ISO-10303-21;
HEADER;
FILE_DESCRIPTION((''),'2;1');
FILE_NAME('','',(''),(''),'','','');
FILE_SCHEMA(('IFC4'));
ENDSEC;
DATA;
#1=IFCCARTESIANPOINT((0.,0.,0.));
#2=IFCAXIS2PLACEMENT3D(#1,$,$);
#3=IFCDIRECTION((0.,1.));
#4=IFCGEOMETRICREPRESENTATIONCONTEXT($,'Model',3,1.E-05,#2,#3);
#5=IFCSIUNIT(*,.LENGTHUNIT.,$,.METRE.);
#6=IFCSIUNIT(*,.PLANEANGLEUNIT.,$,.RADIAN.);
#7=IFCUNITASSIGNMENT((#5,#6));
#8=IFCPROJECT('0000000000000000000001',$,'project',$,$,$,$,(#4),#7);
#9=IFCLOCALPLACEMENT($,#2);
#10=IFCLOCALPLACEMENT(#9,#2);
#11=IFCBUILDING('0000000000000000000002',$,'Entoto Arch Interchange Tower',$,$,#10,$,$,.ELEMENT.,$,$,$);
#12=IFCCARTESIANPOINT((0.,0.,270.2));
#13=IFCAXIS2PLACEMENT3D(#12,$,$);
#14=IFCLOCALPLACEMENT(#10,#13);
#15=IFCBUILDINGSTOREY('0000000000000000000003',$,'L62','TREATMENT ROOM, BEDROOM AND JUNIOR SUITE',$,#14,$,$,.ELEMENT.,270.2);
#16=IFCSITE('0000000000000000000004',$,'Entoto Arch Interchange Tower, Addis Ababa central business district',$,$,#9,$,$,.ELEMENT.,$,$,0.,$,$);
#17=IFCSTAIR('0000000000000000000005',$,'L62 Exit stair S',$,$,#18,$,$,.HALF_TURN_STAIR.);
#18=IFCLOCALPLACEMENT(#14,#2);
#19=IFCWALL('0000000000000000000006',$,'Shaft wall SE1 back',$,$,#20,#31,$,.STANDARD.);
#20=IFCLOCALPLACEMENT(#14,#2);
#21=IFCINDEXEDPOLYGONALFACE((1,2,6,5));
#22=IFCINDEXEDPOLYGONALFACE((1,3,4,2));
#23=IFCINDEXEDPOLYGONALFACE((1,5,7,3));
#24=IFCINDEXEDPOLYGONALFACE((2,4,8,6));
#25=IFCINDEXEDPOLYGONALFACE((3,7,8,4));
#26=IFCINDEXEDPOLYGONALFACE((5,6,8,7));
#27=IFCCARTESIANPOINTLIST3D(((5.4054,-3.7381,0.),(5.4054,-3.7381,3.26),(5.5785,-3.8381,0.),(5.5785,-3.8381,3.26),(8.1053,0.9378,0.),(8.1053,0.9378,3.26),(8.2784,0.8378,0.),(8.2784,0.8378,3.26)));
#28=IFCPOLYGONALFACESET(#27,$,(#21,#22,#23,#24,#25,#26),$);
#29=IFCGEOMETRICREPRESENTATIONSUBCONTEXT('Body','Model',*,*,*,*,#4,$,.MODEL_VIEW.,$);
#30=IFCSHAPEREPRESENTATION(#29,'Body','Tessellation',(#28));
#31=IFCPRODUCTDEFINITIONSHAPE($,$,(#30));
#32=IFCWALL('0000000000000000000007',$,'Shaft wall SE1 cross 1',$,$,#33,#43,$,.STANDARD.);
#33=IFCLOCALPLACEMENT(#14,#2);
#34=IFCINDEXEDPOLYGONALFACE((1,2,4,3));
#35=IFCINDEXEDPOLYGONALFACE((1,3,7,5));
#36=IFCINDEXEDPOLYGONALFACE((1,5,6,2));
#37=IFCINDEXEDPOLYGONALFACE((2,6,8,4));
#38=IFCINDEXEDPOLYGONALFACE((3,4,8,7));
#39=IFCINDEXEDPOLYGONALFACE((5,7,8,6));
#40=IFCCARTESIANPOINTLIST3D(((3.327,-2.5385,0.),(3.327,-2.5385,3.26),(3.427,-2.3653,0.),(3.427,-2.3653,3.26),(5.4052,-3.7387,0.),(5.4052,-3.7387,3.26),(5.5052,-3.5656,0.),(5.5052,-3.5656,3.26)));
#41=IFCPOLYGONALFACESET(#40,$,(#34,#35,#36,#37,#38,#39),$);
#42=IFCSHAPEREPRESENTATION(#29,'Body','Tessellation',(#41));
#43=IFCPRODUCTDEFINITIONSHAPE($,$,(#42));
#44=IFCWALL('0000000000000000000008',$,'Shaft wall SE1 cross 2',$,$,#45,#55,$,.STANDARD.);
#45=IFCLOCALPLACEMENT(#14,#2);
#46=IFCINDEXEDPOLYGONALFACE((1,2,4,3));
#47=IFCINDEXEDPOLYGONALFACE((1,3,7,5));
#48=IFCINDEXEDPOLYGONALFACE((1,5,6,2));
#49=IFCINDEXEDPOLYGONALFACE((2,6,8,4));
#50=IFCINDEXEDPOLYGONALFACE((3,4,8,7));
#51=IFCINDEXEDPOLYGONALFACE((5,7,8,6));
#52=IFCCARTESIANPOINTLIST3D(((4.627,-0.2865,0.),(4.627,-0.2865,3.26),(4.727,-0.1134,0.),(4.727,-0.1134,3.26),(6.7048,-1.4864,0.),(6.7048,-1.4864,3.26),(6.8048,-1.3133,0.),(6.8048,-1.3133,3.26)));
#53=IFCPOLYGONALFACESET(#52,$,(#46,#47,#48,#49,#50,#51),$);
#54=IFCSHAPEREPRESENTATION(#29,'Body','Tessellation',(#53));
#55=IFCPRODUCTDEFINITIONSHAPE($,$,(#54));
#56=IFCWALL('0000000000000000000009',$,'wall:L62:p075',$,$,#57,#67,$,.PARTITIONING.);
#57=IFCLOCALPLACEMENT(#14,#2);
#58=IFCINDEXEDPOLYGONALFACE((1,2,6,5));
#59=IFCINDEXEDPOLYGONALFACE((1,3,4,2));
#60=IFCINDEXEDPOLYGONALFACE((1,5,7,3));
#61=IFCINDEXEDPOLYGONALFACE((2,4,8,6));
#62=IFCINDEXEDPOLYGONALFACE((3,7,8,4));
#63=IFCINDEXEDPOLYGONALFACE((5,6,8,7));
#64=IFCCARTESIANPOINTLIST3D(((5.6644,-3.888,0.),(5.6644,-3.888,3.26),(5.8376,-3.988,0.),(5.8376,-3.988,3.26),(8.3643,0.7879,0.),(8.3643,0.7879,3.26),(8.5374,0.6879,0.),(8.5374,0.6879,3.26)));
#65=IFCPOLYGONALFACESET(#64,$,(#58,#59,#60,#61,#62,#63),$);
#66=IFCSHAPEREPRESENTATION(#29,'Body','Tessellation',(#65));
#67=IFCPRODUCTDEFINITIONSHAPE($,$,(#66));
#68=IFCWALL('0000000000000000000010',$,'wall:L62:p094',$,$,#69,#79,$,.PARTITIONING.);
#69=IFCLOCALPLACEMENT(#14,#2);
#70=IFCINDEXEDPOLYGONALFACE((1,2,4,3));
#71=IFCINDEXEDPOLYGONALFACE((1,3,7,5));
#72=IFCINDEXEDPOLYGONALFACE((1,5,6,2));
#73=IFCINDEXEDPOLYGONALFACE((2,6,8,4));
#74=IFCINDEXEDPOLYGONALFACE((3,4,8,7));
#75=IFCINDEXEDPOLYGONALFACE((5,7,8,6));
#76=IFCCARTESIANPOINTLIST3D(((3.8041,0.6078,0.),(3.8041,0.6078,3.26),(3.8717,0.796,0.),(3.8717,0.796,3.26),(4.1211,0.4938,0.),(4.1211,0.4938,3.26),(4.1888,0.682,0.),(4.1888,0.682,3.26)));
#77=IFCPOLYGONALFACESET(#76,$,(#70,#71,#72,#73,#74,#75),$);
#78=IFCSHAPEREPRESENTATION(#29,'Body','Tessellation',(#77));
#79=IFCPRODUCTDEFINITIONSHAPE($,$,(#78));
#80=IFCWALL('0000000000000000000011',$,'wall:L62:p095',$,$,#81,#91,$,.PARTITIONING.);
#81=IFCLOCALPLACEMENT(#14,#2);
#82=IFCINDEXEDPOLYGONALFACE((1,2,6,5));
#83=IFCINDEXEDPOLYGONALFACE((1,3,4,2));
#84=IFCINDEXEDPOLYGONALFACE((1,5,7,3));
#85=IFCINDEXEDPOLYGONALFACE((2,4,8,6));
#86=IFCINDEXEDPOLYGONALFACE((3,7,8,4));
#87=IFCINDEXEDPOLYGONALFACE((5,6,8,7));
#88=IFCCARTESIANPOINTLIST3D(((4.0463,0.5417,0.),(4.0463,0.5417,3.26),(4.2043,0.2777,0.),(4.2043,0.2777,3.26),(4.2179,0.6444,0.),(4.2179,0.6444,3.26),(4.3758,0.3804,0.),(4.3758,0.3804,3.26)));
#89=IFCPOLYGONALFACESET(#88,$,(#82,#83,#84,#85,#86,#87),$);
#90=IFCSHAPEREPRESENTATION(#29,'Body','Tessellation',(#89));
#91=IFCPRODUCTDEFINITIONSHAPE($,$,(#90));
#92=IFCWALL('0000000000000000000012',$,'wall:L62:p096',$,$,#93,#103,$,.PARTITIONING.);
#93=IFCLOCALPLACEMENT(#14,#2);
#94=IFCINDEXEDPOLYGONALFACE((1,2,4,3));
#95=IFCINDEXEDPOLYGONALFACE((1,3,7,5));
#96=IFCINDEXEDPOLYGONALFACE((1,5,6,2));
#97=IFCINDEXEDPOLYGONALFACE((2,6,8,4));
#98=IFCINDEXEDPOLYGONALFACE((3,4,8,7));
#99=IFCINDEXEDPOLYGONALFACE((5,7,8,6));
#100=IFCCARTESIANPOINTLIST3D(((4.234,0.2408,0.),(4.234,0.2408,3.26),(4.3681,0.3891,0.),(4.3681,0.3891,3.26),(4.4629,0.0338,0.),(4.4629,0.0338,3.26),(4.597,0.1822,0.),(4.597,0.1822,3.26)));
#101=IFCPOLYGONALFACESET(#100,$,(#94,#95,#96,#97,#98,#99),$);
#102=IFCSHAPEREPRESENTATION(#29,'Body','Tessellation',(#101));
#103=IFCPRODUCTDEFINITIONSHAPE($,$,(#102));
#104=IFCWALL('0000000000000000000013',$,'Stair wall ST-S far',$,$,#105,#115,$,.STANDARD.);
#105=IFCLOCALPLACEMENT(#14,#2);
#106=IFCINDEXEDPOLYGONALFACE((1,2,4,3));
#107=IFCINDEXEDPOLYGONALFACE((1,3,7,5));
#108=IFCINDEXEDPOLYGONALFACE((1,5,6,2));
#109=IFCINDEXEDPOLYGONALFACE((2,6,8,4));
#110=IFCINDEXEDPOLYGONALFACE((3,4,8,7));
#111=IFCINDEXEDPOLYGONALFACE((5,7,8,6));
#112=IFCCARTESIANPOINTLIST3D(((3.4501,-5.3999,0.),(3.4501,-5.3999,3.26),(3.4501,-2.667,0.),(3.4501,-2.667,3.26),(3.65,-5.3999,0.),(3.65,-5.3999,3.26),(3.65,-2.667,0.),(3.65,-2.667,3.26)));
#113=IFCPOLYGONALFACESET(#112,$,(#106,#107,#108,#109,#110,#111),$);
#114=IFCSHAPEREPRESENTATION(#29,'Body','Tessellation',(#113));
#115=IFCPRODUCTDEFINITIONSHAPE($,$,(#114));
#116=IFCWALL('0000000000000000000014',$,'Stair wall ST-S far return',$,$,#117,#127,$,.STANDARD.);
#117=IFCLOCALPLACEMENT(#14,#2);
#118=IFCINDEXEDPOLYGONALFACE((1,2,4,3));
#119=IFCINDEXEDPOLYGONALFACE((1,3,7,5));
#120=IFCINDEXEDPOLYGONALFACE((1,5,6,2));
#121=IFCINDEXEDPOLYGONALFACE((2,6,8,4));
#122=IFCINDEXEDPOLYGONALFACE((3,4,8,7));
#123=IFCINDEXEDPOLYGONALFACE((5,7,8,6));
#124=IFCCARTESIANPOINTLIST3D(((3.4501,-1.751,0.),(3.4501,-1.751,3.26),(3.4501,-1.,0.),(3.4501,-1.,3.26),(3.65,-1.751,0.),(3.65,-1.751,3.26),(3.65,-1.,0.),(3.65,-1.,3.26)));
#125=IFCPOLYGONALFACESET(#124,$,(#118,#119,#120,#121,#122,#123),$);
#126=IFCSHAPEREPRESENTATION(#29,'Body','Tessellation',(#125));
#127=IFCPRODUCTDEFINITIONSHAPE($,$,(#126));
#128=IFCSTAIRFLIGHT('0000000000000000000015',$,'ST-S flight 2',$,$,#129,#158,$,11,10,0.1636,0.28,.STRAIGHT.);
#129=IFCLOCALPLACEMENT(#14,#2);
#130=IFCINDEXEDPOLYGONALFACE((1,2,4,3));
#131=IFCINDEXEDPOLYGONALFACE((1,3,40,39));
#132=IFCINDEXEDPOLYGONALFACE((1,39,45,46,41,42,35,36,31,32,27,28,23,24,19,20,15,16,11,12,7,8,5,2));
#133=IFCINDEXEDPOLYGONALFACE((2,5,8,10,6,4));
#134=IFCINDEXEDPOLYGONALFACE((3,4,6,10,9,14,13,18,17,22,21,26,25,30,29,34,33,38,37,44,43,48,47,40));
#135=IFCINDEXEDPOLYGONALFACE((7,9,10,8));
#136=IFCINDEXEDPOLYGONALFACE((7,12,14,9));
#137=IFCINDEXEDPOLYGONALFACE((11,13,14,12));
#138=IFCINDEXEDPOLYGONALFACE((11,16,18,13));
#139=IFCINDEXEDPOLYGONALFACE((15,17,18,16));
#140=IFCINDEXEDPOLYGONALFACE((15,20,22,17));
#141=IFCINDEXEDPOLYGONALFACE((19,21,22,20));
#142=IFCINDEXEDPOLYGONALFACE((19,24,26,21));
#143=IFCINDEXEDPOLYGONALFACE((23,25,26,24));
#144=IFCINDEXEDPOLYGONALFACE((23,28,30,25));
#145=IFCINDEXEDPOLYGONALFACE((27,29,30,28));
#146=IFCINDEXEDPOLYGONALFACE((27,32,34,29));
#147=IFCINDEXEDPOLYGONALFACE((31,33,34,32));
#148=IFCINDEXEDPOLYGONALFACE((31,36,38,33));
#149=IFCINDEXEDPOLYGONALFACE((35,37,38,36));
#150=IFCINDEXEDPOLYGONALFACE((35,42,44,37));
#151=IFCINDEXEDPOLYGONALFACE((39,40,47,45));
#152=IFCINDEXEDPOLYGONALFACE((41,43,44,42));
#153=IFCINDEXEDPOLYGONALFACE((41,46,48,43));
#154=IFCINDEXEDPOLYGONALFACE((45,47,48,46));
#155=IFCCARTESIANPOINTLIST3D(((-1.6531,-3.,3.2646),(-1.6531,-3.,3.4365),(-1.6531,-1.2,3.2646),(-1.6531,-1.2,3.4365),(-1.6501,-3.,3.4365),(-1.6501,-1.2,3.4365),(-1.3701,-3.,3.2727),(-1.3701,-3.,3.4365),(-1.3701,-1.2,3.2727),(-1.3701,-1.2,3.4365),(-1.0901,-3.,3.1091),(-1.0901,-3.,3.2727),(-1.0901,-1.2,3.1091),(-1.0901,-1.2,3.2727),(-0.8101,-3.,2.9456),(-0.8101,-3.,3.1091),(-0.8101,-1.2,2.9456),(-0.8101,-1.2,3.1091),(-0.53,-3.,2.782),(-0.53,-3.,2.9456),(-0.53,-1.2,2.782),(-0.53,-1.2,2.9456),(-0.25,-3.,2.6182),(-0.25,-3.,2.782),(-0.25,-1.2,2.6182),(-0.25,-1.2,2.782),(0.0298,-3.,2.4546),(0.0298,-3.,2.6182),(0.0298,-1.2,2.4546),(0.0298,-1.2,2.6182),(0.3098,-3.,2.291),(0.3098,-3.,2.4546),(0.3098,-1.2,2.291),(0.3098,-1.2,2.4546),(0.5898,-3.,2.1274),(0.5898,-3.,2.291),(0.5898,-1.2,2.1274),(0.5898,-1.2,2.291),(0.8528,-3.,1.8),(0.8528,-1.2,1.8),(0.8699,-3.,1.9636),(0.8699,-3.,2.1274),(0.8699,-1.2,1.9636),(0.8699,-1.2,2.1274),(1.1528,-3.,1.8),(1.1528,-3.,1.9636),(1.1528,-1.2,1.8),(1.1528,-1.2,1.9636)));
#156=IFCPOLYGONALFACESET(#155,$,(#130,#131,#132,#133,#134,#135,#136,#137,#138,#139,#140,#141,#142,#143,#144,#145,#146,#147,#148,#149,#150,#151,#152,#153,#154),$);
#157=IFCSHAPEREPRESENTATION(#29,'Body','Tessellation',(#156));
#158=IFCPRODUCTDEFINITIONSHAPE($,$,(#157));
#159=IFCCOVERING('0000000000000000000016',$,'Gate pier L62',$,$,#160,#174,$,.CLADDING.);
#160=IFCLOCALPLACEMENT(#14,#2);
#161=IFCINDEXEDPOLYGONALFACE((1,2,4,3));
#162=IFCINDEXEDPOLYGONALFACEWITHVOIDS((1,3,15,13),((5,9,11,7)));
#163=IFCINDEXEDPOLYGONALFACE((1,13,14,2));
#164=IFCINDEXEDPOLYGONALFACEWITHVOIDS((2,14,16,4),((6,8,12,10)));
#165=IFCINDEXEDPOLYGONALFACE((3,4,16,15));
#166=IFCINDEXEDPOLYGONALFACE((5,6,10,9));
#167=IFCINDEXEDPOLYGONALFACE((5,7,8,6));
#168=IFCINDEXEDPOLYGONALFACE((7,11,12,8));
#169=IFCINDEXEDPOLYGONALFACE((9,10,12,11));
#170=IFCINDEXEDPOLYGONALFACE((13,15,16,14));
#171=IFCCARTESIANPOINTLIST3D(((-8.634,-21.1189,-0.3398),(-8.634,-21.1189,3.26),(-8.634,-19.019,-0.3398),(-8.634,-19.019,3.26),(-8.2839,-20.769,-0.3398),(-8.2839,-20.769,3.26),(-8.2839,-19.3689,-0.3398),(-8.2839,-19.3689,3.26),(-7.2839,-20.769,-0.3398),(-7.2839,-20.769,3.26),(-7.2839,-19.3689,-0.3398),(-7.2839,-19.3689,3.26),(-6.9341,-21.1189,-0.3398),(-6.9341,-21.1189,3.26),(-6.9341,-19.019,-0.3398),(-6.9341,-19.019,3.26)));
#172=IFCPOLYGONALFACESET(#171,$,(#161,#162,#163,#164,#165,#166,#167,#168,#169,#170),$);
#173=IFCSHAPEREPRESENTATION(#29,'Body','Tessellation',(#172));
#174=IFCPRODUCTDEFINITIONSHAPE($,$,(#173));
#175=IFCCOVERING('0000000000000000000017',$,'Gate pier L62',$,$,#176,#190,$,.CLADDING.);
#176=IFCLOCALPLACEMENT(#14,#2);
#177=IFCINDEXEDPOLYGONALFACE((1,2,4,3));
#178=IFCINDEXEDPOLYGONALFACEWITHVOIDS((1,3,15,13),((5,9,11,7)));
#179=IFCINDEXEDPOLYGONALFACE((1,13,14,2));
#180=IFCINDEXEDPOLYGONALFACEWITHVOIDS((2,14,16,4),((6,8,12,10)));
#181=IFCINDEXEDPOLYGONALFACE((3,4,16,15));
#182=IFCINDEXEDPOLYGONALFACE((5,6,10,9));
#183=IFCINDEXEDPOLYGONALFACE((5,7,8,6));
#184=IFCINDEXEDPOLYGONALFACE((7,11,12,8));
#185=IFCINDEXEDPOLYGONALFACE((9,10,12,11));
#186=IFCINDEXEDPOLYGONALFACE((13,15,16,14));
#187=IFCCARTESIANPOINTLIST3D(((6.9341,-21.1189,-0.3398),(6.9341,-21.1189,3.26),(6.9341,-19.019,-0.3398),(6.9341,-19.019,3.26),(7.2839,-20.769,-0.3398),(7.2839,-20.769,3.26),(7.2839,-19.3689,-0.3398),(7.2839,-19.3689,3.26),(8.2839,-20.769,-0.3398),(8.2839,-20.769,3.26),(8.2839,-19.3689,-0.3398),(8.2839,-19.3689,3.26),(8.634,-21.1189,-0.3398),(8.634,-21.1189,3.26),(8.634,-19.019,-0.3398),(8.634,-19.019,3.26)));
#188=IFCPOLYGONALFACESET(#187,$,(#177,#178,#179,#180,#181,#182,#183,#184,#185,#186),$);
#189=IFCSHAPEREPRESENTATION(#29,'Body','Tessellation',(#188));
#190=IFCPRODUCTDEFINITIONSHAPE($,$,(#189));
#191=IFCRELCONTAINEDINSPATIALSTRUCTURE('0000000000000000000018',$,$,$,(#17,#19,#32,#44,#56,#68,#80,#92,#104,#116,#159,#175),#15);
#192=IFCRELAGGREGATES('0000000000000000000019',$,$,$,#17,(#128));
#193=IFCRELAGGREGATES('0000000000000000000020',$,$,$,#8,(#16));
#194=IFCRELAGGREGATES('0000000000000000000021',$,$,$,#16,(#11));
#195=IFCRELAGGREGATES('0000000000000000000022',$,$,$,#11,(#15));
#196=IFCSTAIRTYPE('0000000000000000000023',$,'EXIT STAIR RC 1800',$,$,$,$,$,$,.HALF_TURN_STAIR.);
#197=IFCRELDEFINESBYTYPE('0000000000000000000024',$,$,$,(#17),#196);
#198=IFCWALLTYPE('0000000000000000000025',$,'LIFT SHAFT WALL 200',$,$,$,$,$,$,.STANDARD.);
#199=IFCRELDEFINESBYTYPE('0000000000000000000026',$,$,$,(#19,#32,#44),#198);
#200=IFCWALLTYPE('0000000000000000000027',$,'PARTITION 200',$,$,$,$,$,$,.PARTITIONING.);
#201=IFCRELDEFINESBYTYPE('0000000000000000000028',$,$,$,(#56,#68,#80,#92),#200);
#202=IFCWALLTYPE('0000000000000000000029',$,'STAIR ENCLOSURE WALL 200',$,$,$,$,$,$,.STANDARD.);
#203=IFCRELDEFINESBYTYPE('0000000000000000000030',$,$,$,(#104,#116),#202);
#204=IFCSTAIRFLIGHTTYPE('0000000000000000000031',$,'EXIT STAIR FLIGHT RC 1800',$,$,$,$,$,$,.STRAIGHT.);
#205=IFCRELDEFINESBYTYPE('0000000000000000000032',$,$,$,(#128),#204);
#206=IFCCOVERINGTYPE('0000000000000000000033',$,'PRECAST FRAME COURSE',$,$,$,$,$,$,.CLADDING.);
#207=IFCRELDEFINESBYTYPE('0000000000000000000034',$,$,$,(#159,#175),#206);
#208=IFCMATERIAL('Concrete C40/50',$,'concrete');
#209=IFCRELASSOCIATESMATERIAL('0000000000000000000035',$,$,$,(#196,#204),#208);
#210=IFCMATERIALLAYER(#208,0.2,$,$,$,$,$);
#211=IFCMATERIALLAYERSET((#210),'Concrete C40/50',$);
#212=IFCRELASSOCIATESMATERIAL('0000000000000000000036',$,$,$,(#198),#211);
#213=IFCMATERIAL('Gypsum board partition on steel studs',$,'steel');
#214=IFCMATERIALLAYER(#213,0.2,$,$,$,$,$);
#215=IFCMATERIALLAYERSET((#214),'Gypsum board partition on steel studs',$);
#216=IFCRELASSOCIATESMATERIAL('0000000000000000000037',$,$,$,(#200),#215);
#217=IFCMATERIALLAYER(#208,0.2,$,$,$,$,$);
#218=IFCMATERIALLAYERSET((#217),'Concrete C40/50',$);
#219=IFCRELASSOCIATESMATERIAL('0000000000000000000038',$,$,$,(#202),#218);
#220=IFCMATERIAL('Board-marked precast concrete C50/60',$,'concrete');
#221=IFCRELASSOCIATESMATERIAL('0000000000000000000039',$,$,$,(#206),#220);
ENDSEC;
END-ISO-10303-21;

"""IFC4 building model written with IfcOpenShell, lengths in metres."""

from ifc_helpers import new_model, si_unit, direction, frame, frame_2d, origin, place, context, subcontext, project, spatial, polyline, rectangle, outline, extrude, material, layer, layer_set, type_object, element, aggregate, save


model = new_model("IFC4")

# Units and contexts
model_context = context("Model", 3, precision=1e-05, world=origin(), true_north=direction((0.0, 1.0)))
body_context = subcontext(model_context, "Body", "Model", "MODEL_VIEW")
ifc_project = project(units=[si_unit("LENGTHUNIT", "METRE"), si_unit("PLANEANGLEUNIT", "RADIAN")], contexts=[model_context])

# Site, building, storey
site_placement = place(None, origin())
site = spatial("IfcSite", under=ifc_project, at=site_placement, Name="Entoto Arch Interchange Tower, Addis Ababa central business district", CompositionType="ELEMENT", RefElevation=0.0)
building_placement = place(site_placement, origin())
building = spatial("IfcBuilding", under=site, at=building_placement, Name="Entoto Arch Interchange Tower", CompositionType="ELEMENT")
storey_placement = place(building_placement, frame((0.0, 0.0, 270.2)))
storey = spatial("IfcBuildingStorey", under=building, at=storey_placement, Name="L62", Description="TREATMENT ROOM, BEDROOM AND JUNIOR SUITE", CompositionType="ELEMENT", Elevation=270.2)

# Shared definitions
ifc_material_1 = material(Name="Concrete C40/50", Category="concrete")

# Stair
stair_type = type_object("IfcStairType", Name="EXIT STAIR RC 1800", PredefinedType="HALF_TURN_STAIR", material=ifc_material_1)
stair_1_placement = place(storey_placement, origin())
stair_1 = element("IfcStair", 1, at=stair_1_placement, inside=storey, type_object=stair_type, Name="L62 Exit stair S", PredefinedType="HALF_TURN_STAIR")

# Shared definitions
ifc_layer_1 = layer(ifc_material_1, 0.2)
ifc_layer_set_1 = layer_set([ifc_layer_1], Name="Concrete C40/50")
wall_type_1 = type_object("IfcWallType", Name="LIFT SHAFT WALL 200", PredefinedType="STANDARD", material=ifc_layer_set_1)

# Walls
wall_1_placement = place(storey_placement, frame((5.4919, -3.7881, 0.0), z_axis=(0.0, 0.0, 1.0), x_axis=(0.500034, 0.866006, 0.0)))
element("IfcWall", 2, at=wall_1_placement, inside=storey, type_object=wall_type_1, Name="Shaft wall SE1 back", PredefinedType="STANDARD", context=body_context, shape_type="SweptSolid", body=[
    extrude(rectangle(XDim=5.3994, YDim=0.2, at=frame_2d((2.6997, 0.0))), origin(), (0.0, 0.0, 1.0), 3.26),
])
wall_2_placement = place(storey_placement, frame((3.377, -2.4519, 0.0), z_axis=(0.0, 0.0, 1.0), x_axis=(0.865955, -0.500122, 0.0)))
element("IfcWall", 3, at=wall_2_placement, inside=storey, type_object=wall_type_1, Name="Shaft wall SE1 cross 1", PredefinedType="STANDARD", context=body_context, shape_type="SweptSolid", body=[
    extrude(rectangle(XDim=2.3999, YDim=0.2, at=frame_2d((1.2, 0.0))), origin(), (0.0, 0.0, 1.0), 3.26),
])
wall_3_placement = place(storey_placement, frame((4.677, -0.2, 0.0), z_axis=(0.0, 0.0, 1.0), x_axis=(0.865974, -0.500089, 0.0)))
element("IfcWall", 4, at=wall_3_placement, inside=storey, type_object=wall_type_1, Name="Shaft wall SE1 cross 2", PredefinedType="STANDARD", context=body_context, shape_type="SweptSolid", body=[
    extrude(rectangle(XDim=2.3994, YDim=0.2, at=frame_2d((1.1997, 0.0))), origin(), (0.0, 0.0, 1.0), 3.26),
])
ifc_material_2 = material(Name="Gypsum board partition on steel studs", Category="steel")
ifc_layer_2 = layer(ifc_material_2, 0.2)
ifc_layer_set_2 = layer_set([ifc_layer_2], Name="Gypsum board partition on steel studs")
wall_type_2 = type_object("IfcWallType", Name="PARTITION 200", PredefinedType="PARTITIONING", material=ifc_layer_set_2)
wall_4_placement = place(storey_placement, frame((5.751, -3.938, 0.0), z_axis=(0.0, 0.0, 1.0), x_axis=(0.500034, 0.866006, 0.0)))
element("IfcWall", 5, at=wall_4_placement, inside=storey, type_object=wall_type_2, Name="wall:L62:p075", PredefinedType="PARTITIONING", context=body_context, shape_type="SweptSolid", body=[
    extrude(rectangle(XDim=5.3994, YDim=0.2, at=frame_2d((2.6997, 0.0))), origin(), (0.0, 0.0, 1.0), 3.26),
])
wall_5_placement = place(storey_placement, frame((3.8379, 0.7019, 0.0), z_axis=(0.0, 0.0, 1.0), x_axis=(0.941035, -0.338309, 0.0)))
element("IfcWall", 6, at=wall_5_placement, inside=storey, type_object=wall_type_2, Name="wall:L62:p094", PredefinedType="PARTITIONING", context=body_context, shape_type="SweptSolid", body=[
    extrude(rectangle(XDim=0.3369, YDim=0.2, at=frame_2d((0.1685, 0.0))), origin(), (0.0, 0.0, 1.0), 3.26),
])
wall_6_placement = place(storey_placement, frame((4.1321, 0.593, 0.0), z_axis=(0.0, 0.0, 1.0), x_axis=(0.513562, -0.858053, 0.0)))
element("IfcWall", 7, at=wall_6_placement, inside=storey, type_object=wall_type_2, Name="wall:L62:p095", PredefinedType="PARTITIONING", context=body_context, shape_type="SweptSolid", body=[
    extrude(rectangle(XDim=0.3076, YDim=0.2, at=frame_2d((0.1538, 0.0))), origin(), (0.0, 0.0, 1.0), 3.26),
])
wall_7_placement = place(storey_placement, frame((4.301, 0.3149, 0.0), z_axis=(0.0, 0.0, 1.0), x_axis=(0.741798, -0.670623, 0.0)))
element("IfcWall", 8, at=wall_7_placement, inside=storey, type_object=wall_type_2, Name="wall:L62:p096", PredefinedType="PARTITIONING", context=body_context, shape_type="SweptSolid", body=[
    extrude(rectangle(XDim=0.3086, YDim=0.2, at=frame_2d((0.1543, 0.0))), origin(), (0.0, 0.0, 1.0), 3.26),
])
ifc_layer_3 = layer(ifc_material_1, 0.2)
ifc_layer_set_3 = layer_set([ifc_layer_3], Name="Concrete C40/50")
wall_type_3 = type_object("IfcWallType", Name="STAIR ENCLOSURE WALL 200", PredefinedType="STANDARD", material=ifc_layer_set_3)
wall_8_placement = place(storey_placement, frame((3.55, -2.667, 0.0), z_axis=(0.0, 0.0, 1.0), x_axis=(0.0, -1.0, 0.0)))
element("IfcWall", 9, at=wall_8_placement, inside=storey, type_object=wall_type_3, Name="Stair wall ST-S far", PredefinedType="STANDARD", context=body_context, shape_type="SweptSolid", body=[
    extrude(rectangle(XDim=2.7329, YDim=0.2, at=frame_2d((1.3665, 0.0))), origin(), (0.0, 0.0, 1.0), 3.26),
])
wall_9_placement = place(storey_placement, frame((3.55, -1.0, 0.0), z_axis=(0.0, 0.0, 1.0), x_axis=(0.0, -1.0, 0.0)))
element("IfcWall", 10, at=wall_9_placement, inside=storey, type_object=wall_type_3, Name="Stair wall ST-S far return", PredefinedType="STANDARD", context=body_context, shape_type="SweptSolid", body=[
    extrude(rectangle(XDim=0.751, YDim=0.2, at=frame_2d((0.3755, 0.0))), origin(), (0.0, 0.0, 1.0), 3.26),
])

# Stair flight
stair_flight_type = type_object("IfcStairFlightType", Name="EXIT STAIR FLIGHT RC 1800", PredefinedType="STRAIGHT", material=ifc_material_1)
stair_flight_placement = place(storey_placement, frame((1.1499, -2.1001, 1.8), z_axis=(0.0, 0.0, 1.0), x_axis=(-1.0, 0.0, 0.0)))
stair_flight = element("IfcStairFlight", 11, at=stair_flight_placement, type_object=stair_flight_type, Name="ST-S flight 2", NumberOfRisers=11, NumberOfTreads=10, PredefinedType="STRAIGHT", RiserHeight=0.1636, TreadLength=0.28, context=body_context, shape_type="SweptSolid", body=[
    extrude(outline(polyline([(-0.0029, 0.0), (-0.0029, 0.1636), (0.28, 0.1636), (0.28, 0.3274), (0.5601, 0.3274), (0.5601, 0.491), (0.8401, 0.491), (0.8401, 0.6545), (1.1201, 0.6545), (1.1201, 0.8181), (1.3999, 0.8181), (1.3999, 0.9819), (1.6799, 0.9819), (1.6799, 1.1455), (1.96, 1.1455), (1.96, 1.3091), (2.24, 1.3091), (2.24, 1.4727), (2.52, 1.4727), (2.52, 1.6365), (2.8, 1.6365), (2.803, 1.6365), (2.803, 1.4646), (0.2971, 0.0), (-0.0029, 0.0)])), frame((0.0, 0.8999, 0.0), z_axis=(0.0, -1.0, 0.0), x_axis=(1.0, 0.0, 0.0)), (0.0, 0.0, 1.0), 1.8),
])
aggregate(stair_1, [stair_flight])

# Coverings
ifc_material_3 = material(Name="Board-marked precast concrete C50/60", Category="concrete")
covering_type = type_object("IfcCoveringType", Name="PRECAST FRAME COURSE", PredefinedType="CLADDING", material=ifc_material_3)
covering_1_placement = place(storey_placement, frame((0.0, 0.0, -0.3398)))
element("IfcCovering", 12, at=covering_1_placement, inside=storey, type_object=covering_type, Name="Gate pier L62", PredefinedType="CLADDING", context=body_context, shape_type="SweptSolid", body=[
    extrude(outline(polyline([(-8.634, -19.019), (-6.9341, -19.019), (-6.9341, -21.1189), (-8.634, -21.1189), (-8.634, -19.019)]), holes=[polyline([(-8.2839, -19.3689), (-8.2839, -20.769), (-7.2839, -20.769), (-7.2839, -19.3689), (-8.2839, -19.3689)])]), origin(), (0.0, 0.0, 1.0), 3.5999),
])
covering_2_placement = place(storey_placement, frame((0.0, 0.0, -0.3398)))
element("IfcCovering", 13, at=covering_2_placement, inside=storey, type_object=covering_type, Name="Gate pier L62", PredefinedType="CLADDING", context=body_context, shape_type="SweptSolid", body=[
    extrude(outline(polyline([(6.9341, -19.019), (8.634, -19.019), (8.634, -21.1189), (6.9341, -21.1189), (6.9341, -19.019)]), holes=[polyline([(7.2839, -19.3689), (7.2839, -20.769), (8.2839, -20.769), (8.2839, -19.3689), (7.2839, -19.3689)])]), origin(), (0.0, 0.0, 1.0), 3.5999),
])

save(model, "model.ifc")
